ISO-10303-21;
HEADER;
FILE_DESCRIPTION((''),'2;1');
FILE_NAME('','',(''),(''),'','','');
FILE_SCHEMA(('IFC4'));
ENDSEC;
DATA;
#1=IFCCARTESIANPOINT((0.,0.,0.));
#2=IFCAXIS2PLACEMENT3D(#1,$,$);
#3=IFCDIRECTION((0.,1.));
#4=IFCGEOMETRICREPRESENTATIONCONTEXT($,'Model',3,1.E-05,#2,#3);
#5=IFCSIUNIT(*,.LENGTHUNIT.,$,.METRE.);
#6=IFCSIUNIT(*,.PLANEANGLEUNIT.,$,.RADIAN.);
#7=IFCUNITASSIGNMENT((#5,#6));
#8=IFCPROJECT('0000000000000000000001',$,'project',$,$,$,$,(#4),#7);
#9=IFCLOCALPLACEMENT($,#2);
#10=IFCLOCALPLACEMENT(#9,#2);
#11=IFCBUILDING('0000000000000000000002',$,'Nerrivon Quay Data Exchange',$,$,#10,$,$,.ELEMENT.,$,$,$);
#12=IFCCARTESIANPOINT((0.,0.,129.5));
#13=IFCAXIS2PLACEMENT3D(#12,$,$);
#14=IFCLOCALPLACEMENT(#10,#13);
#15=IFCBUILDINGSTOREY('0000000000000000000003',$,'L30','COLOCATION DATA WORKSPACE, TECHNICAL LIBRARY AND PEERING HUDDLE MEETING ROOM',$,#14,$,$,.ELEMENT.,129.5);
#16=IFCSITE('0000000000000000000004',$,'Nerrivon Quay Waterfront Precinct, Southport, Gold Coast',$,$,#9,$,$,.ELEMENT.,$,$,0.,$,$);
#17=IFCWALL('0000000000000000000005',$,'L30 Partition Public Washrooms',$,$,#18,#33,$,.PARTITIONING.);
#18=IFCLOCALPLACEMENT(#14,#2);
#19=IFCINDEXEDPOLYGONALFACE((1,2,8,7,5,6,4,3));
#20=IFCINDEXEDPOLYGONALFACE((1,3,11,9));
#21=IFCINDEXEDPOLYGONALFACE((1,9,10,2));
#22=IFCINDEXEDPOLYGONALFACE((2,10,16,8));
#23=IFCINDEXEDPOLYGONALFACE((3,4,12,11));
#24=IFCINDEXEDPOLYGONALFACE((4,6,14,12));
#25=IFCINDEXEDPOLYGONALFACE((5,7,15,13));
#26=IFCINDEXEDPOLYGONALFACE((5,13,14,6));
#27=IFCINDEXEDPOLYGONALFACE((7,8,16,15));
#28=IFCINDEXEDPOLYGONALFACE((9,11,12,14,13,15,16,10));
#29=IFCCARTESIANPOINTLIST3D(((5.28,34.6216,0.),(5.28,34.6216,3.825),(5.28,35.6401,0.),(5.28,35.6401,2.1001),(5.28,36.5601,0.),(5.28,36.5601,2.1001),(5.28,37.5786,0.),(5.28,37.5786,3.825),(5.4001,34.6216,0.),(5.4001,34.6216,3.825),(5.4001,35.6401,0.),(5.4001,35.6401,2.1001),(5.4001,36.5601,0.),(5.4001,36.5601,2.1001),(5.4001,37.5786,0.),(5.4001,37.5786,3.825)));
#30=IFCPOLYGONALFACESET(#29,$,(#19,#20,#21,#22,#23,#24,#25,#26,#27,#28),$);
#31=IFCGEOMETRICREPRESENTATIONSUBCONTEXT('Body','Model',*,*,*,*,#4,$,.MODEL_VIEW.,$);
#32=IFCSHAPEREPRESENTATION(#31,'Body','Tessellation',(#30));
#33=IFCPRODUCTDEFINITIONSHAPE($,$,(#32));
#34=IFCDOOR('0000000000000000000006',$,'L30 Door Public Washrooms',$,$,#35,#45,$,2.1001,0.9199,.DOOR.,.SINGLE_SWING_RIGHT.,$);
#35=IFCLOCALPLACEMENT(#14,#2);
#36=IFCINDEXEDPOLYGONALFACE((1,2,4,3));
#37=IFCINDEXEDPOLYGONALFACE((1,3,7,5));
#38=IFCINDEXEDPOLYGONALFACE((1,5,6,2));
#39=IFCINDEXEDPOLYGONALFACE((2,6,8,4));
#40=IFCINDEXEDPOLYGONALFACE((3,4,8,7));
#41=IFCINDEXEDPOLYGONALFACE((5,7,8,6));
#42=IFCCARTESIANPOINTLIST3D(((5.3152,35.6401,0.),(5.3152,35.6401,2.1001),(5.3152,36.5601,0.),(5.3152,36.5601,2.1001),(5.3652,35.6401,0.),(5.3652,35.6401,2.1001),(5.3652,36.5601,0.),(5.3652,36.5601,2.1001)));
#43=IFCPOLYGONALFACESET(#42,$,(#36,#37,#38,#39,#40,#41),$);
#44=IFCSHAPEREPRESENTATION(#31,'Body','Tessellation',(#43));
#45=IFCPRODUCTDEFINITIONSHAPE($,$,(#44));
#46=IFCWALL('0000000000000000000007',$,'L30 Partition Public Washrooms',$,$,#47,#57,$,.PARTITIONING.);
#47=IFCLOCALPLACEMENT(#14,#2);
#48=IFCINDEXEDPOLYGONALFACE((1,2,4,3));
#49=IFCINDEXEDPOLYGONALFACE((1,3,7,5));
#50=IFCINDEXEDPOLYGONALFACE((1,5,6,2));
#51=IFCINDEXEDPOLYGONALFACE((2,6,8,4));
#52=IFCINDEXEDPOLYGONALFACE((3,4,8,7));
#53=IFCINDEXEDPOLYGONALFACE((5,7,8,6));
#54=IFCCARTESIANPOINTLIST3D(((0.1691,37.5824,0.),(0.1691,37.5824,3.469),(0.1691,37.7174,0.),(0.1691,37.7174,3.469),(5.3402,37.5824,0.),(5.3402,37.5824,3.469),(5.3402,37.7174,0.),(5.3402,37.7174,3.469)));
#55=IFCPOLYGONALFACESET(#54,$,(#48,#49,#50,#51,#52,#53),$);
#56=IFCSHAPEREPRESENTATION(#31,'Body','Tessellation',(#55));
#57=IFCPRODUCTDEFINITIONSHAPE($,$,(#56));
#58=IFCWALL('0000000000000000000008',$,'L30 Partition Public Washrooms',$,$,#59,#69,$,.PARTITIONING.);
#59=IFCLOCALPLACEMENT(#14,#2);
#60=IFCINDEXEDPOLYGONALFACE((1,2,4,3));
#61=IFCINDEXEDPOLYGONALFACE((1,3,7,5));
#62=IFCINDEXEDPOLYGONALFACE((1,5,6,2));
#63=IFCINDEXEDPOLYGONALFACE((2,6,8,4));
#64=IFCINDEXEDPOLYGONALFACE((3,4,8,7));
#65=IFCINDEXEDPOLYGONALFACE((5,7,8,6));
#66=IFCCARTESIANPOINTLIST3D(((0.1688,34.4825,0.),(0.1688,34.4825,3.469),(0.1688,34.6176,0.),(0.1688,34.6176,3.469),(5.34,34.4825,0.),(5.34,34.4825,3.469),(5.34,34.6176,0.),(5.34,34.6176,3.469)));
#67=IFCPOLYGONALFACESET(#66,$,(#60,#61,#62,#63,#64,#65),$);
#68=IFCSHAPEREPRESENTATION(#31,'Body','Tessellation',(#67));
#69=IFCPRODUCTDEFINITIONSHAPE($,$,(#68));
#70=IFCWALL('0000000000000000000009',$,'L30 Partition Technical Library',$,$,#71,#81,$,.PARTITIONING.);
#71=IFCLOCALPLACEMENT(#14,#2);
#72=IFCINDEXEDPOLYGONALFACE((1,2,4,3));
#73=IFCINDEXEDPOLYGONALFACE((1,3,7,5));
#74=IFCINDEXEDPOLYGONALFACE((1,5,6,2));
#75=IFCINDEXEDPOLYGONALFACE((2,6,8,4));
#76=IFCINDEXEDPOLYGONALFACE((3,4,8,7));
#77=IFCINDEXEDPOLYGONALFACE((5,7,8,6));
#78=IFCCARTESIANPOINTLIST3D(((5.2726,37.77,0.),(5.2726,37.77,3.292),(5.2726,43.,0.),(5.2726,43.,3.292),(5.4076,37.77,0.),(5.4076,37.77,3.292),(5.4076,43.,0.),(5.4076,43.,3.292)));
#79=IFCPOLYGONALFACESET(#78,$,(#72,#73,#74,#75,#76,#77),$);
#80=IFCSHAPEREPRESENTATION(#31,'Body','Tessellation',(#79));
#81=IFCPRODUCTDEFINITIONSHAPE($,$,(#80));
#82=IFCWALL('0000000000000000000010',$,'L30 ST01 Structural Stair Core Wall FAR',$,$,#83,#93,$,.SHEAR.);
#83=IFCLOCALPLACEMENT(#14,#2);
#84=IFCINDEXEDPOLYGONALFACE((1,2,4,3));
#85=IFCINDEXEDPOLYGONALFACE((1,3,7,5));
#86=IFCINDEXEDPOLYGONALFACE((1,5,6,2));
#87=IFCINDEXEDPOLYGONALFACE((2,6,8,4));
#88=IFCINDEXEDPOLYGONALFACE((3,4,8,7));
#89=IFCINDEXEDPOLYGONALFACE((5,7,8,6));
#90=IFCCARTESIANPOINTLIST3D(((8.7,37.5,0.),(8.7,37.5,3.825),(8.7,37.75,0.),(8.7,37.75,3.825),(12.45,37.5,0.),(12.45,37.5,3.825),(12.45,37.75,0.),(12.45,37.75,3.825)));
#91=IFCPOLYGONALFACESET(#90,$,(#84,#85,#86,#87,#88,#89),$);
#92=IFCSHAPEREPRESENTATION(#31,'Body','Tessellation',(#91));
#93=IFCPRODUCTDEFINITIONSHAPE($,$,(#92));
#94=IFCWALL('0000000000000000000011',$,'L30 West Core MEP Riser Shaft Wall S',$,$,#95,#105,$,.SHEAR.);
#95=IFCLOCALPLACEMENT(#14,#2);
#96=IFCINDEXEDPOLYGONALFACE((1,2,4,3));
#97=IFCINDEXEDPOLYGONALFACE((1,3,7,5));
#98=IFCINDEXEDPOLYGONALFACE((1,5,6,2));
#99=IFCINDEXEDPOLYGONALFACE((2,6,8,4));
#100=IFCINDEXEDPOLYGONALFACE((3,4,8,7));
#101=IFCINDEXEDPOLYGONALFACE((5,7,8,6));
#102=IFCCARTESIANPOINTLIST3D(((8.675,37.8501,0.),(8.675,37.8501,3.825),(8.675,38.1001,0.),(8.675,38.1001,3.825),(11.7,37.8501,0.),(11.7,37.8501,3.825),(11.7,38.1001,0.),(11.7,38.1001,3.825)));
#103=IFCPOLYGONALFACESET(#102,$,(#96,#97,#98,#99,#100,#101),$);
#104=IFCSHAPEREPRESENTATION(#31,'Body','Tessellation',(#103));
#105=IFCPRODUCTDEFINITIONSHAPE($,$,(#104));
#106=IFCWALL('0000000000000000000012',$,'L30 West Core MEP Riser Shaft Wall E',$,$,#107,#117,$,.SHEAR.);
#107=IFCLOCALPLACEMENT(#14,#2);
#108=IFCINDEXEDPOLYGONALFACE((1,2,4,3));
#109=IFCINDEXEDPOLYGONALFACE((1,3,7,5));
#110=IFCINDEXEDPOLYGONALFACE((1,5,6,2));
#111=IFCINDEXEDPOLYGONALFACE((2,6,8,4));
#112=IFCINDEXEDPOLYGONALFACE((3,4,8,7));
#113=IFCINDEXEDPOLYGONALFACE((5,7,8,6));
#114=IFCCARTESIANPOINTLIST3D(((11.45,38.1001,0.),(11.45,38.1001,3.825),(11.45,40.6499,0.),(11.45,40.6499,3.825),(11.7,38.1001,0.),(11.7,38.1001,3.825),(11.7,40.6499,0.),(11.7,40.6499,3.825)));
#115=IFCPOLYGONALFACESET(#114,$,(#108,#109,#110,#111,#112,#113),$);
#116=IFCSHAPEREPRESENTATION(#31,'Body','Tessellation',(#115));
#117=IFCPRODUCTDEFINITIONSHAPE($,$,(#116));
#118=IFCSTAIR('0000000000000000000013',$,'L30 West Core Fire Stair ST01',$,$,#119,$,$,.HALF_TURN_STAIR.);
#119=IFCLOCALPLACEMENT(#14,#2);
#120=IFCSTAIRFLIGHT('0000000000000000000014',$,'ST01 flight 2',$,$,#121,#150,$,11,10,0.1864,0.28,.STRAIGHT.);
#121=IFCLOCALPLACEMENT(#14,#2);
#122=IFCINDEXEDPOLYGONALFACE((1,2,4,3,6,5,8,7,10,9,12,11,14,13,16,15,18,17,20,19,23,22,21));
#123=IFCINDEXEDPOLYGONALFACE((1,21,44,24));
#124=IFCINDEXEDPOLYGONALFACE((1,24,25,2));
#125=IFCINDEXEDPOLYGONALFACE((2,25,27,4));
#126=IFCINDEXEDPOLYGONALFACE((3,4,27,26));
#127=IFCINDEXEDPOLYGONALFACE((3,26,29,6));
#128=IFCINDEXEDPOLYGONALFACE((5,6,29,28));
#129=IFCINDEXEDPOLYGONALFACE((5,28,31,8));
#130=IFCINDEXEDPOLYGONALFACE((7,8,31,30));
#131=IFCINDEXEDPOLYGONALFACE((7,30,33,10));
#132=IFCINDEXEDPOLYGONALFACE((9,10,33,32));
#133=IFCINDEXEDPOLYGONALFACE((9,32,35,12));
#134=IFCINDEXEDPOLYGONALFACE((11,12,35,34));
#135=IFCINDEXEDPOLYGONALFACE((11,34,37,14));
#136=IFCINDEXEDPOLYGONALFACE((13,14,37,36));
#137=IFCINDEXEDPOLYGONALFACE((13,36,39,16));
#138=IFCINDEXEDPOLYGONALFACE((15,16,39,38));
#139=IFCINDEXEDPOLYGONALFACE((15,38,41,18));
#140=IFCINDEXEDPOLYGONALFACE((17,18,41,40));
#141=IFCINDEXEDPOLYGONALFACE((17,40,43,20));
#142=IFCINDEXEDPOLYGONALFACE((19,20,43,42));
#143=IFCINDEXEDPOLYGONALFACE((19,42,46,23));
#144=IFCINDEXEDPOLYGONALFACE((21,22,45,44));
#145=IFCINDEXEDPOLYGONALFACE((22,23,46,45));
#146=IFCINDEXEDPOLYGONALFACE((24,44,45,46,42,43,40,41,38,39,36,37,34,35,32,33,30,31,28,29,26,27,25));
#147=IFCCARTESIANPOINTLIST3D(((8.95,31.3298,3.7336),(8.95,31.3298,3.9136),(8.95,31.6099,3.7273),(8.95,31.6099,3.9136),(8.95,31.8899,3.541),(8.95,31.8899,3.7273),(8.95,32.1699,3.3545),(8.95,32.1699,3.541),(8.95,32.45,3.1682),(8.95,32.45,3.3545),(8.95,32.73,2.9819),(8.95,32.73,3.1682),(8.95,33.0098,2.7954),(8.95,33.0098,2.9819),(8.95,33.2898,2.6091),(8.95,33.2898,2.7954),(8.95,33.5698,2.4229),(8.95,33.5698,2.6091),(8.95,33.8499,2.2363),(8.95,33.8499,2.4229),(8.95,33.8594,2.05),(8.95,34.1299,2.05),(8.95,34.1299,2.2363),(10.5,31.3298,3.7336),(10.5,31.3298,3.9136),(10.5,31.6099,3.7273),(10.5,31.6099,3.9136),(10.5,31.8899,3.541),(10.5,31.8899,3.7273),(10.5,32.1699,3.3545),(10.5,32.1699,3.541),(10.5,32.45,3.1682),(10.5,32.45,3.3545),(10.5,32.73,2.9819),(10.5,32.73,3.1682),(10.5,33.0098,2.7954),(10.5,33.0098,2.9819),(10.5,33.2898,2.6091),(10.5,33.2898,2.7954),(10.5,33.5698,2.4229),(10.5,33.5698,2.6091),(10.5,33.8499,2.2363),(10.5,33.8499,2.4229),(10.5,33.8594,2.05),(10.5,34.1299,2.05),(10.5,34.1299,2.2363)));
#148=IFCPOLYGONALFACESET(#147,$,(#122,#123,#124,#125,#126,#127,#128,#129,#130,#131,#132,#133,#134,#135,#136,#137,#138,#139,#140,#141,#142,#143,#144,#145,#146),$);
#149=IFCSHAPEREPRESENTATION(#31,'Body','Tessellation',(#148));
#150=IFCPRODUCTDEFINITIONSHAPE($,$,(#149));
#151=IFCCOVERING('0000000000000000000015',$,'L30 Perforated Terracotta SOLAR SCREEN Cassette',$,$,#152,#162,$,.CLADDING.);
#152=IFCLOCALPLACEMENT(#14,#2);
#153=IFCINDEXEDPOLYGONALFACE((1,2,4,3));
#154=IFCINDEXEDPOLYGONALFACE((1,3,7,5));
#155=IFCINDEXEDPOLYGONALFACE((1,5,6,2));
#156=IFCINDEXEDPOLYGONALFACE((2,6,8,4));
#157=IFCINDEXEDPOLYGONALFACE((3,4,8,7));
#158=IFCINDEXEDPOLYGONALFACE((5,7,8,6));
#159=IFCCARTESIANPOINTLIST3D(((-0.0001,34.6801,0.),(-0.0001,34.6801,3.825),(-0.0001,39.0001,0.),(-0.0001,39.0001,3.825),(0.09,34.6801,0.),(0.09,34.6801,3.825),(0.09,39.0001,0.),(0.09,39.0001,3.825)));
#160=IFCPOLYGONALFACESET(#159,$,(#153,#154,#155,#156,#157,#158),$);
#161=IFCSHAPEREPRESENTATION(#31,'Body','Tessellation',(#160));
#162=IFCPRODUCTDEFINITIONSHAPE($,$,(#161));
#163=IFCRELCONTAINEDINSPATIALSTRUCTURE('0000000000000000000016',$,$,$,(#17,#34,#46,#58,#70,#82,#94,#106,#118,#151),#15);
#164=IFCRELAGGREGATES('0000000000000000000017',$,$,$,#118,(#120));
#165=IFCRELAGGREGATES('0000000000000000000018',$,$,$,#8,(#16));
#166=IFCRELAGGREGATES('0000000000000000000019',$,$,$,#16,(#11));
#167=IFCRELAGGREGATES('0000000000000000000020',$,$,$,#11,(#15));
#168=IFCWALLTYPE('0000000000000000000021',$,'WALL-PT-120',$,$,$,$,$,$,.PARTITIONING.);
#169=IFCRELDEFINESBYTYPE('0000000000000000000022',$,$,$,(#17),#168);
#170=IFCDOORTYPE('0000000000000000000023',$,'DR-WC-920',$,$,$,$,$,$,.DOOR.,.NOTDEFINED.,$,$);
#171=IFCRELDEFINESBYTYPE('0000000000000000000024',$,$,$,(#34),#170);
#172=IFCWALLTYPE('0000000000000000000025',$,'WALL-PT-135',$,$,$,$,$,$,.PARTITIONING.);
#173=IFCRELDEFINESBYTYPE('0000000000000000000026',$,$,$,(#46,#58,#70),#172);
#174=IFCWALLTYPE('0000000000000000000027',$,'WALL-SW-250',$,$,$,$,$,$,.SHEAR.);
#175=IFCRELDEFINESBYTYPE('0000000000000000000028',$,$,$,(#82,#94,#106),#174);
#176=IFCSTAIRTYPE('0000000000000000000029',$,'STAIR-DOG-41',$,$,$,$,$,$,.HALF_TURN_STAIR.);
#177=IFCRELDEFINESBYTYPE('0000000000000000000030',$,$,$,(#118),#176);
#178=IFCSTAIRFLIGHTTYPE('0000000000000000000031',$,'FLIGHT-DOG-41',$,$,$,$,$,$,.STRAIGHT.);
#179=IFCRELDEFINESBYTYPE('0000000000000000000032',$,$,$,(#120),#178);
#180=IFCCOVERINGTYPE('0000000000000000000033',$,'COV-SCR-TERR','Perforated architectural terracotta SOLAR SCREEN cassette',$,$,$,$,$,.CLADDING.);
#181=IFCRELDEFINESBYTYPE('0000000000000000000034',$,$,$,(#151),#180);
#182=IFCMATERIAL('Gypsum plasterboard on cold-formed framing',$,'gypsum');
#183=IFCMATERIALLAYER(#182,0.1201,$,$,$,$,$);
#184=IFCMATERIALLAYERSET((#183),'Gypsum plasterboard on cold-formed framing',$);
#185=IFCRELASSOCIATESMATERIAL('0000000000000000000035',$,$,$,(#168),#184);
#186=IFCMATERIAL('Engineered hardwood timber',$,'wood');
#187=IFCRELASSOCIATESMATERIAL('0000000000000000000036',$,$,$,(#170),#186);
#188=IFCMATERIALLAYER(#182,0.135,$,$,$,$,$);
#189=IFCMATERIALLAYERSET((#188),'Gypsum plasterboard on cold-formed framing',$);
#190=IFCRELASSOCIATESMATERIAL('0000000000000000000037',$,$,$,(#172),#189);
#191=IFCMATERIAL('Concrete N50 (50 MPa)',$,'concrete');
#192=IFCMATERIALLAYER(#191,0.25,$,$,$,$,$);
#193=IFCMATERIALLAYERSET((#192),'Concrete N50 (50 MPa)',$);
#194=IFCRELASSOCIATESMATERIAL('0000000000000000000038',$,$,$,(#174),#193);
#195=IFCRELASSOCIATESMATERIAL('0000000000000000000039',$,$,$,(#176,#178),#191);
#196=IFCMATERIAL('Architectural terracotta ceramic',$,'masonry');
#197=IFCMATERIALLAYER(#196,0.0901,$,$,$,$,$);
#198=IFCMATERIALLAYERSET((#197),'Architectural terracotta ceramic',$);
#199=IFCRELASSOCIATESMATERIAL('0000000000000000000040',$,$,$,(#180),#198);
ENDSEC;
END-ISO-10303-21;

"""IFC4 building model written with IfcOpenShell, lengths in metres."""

from ifc_helpers import new_model, si_unit, direction, frame, frame_2d, origin, origin_2d, place, context, subcontext, project, spatial, polyline, rectangle, outline, extrude, material, layer, layer_set, type_object, element, fill, aggregate, save


model = new_model("IFC4")

# Units and contexts
model_context = context("Model", 3, precision=1e-05, world=origin(), true_north=direction((0.0, 1.0)))
body_context = subcontext(model_context, "Body", "Model", "MODEL_VIEW")
ifc_project = project(units=[si_unit("LENGTHUNIT", "METRE"), si_unit("PLANEANGLEUNIT", "RADIAN")], contexts=[model_context])

# Site, building, storey
site_placement = place(None, origin())
site = spatial("IfcSite", under=ifc_project, at=site_placement, Name="Nerrivon Quay Waterfront Precinct, Southport, Gold Coast", CompositionType="ELEMENT", RefElevation=0.0)
building_placement = place(site_placement, origin())
building = spatial("IfcBuilding", under=site, at=building_placement, Name="Nerrivon Quay Data Exchange", CompositionType="ELEMENT")
storey_placement = place(building_placement, frame((0.0, 0.0, 129.5)))
storey = spatial("IfcBuildingStorey", under=building, at=storey_placement, Name="L30", Description="COLOCATION DATA WORKSPACE, TECHNICAL LIBRARY AND PEERING HUDDLE MEETING ROOM", CompositionType="ELEMENT", Elevation=129.5)

# Shared definitions
ifc_material_1 = material(Name="Gypsum plasterboard on cold-formed framing", Category="gypsum")

# Wall, opening, door
ifc_layer_1 = layer(ifc_material_1, 0.1201)
ifc_layer_set_1 = layer_set([ifc_layer_1], Name="Gypsum plasterboard on cold-formed framing")
wall_type_1 = type_object("IfcWallType", Name="WALL-PT-120", PredefinedType="PARTITIONING", material=ifc_layer_set_1)
wall_1_placement = place(storey_placement, frame((5.3401, 34.6216, 0.0), z_axis=(0.0, 0.0, 1.0), x_axis=(0.0, 1.0, 0.0)))
wall_1 = element("IfcWall", 1, at=wall_1_placement, inside=storey, type_object=wall_type_1, Name="L30 Partition Public Washrooms", PredefinedType="PARTITIONING", context=body_context, shape_type="SweptSolid", body=[
    extrude(rectangle(XDim=2.957, YDim=0.1201, at=frame_2d((1.4785, 0.0))), origin(), (0.0, 0.0, 1.0), 3.825),
])
opening_1_placement = place(wall_1_placement, frame((1.0186, 0.0, 0.0)))
opening_1 = element("IfcOpeningElement", 2, at=opening_1_placement, cuts=wall_1, PredefinedType="OPENING", context=body_context, shape_type="SweptSolid", body=[
    extrude(rectangle(XDim=0.9199, YDim=2.1001, at=frame_2d((0.46, 1.05))), frame((0.0, 0.0701, 0.0), z_axis=(0.0, -1.0, 0.0), x_axis=(1.0, 0.0, 0.0)), (0.0, 0.0, 1.0), 0.1401),
])
ifc_material_2 = material(Name="Engineered hardwood timber", Category="wood")
door_type_1 = type_object("IfcDoorType", Name="DR-WC-920", OperationType="NOTDEFINED", PredefinedType="DOOR", material=ifc_material_2)
door_1_placement = place(opening_1_placement, origin())
door_1 = element("IfcDoor", 3, at=door_1_placement, inside=storey, type_object=door_type_1, Name="L30 Door Public Washrooms", OperationType="SINGLE_SWING_RIGHT", OverallHeight=2.1001, OverallWidth=0.9199, PredefinedType="DOOR", context=body_context, shape_type="SweptSolid", body=[
    extrude(rectangle(XDim=0.9199, YDim=2.1001, at=frame_2d((0.46, 1.05))), frame((0.0, 0.0249, 0.0), z_axis=(0.0, -1.0, 0.0), x_axis=(1.0, 0.0, 0.0)), (0.0, 0.0, 1.0), 0.05),
])
fill(opening_1, door_1)

# Walls
ifc_layer_2 = layer(ifc_material_1, 0.135)
ifc_layer_set_2 = layer_set([ifc_layer_2], Name="Gypsum plasterboard on cold-formed framing")
wall_type_2 = type_object("IfcWallType", Name="WALL-PT-135", PredefinedType="PARTITIONING", material=ifc_layer_set_2)
for number, where, z_axis, x_axis, name in (
    (4, (5.3401, 37.6499, 0.0), (0.0, 0.0, 1.0), (-1.0, 0.0, 0.0), "L30 Partition Public Washrooms"),
    (5, (0.1689, 34.55, 0.0), (0.0, 0.0, 1.0), (1.0, 0.0, 0.0), "L30 Partition Public Washrooms"),
):
    element("IfcWall", number, at=place(storey_placement, frame(where, z_axis=z_axis, x_axis=x_axis)), inside=storey, type_object=wall_type_2, Name=name, PredefinedType="PARTITIONING", context=body_context, shape_type="SweptSolid", body=[
        extrude(rectangle(XDim=5.1711, YDim=0.135, at=frame_2d((2.5854, 0.0))), origin(), (0.0, 0.0, 1.0), 3.469),
    ])
wall_2_placement = place(storey_placement, frame((5.3401, 37.77, 0.0), z_axis=(0.0, 0.0, 1.0), x_axis=(0.0, 1.0, 0.0)))
element("IfcWall", 6, at=wall_2_placement, inside=storey, type_object=wall_type_2, Name="L30 Partition Technical Library", PredefinedType="PARTITIONING", context=body_context, shape_type="SweptSolid", body=[
    extrude(rectangle(XDim=5.23, YDim=0.135, at=frame_2d((2.615, 0.0))), origin(), (0.0, 0.0, 1.0), 3.292),
])
ifc_material_3 = material(Name="Concrete N50 (50 MPa)", Category="concrete")
ifc_layer_3 = layer(ifc_material_3, 0.25)
ifc_layer_set_3 = layer_set([ifc_layer_3], Name="Concrete N50 (50 MPa)")
wall_type_3 = type_object("IfcWallType", Name="WALL-SW-250", PredefinedType="SHEAR", material=ifc_layer_set_3)
wall_3_placement = place(storey_placement, frame((12.45, 37.625, 0.0), z_axis=(0.0, 0.0, 1.0), x_axis=(-1.0, 0.0, 0.0)))
element("IfcWall", 7, at=wall_3_placement, inside=storey, type_object=wall_type_3, Name="L30 ST01 Structural Stair Core Wall FAR", PredefinedType="SHEAR", context=body_context, shape_type="SweptSolid", body=[
    extrude(rectangle(XDim=3.75, YDim=0.25, at=frame_2d((1.875, 0.0))), origin(), (0.0, 0.0, 1.0), 3.825),
])
wall_4_placement = place(storey_placement, frame((8.675, 37.9751, 0.0), z_axis=(0.0, 0.0, 1.0), x_axis=(1.0, 0.0, 0.0)))
element("IfcWall", 8, at=wall_4_placement, inside=storey, type_object=wall_type_3, Name="L30 West Core MEP Riser Shaft Wall S", PredefinedType="SHEAR", context=body_context, shape_type="SweptSolid", body=[
    extrude(rectangle(XDim=3.0249, YDim=0.25, at=frame_2d((1.5125, 0.0))), origin(), (0.0, 0.0, 1.0), 3.825),
])
wall_5_placement = place(storey_placement, frame((11.575, 38.1001, 0.0), z_axis=(0.0, 0.0, 1.0), x_axis=(0.0, 1.0, 0.0)))
element("IfcWall", 9, at=wall_5_placement, inside=storey, type_object=wall_type_3, Name="L30 West Core MEP Riser Shaft Wall E", PredefinedType="SHEAR", context=body_context, shape_type="SweptSolid", body=[
    extrude(rectangle(XDim=2.5498, YDim=0.25, at=frame_2d((1.2749, 0.0))), origin(), (0.0, 0.0, 1.0), 3.825),
])

# Stair, stair flight
stair_type = type_object("IfcStairType", Name="STAIR-DOG-41", PredefinedType="HALF_TURN_STAIR", material=ifc_material_3)
stair_placement = place(storey_placement, origin())
stair = element("IfcStair", 10, at=stair_placement, inside=storey, type_object=stair_type, Name="L30 West Core Fire Stair ST01", PredefinedType="HALF_TURN_STAIR")
stair_flight_type = type_object("IfcStairFlightType", Name="FLIGHT-DOG-41", PredefinedType="STRAIGHT", material=ifc_material_3)
stair_flight_placement = place(storey_placement, frame((9.7251, 34.1299, 2.05), z_axis=(0.0, 0.0, 1.0), x_axis=(0.0, -1.0, 0.0)))
stair_flight = element("IfcStairFlight", 11, at=stair_flight_placement, type_object=stair_flight_type, Name="ST01 flight 2", NumberOfRisers=11, NumberOfTreads=10, PredefinedType="STRAIGHT", RiserHeight=0.1864, TreadLength=0.28, context=body_context, shape_type="SweptSolid", body=[
    extrude(outline(polyline([(0.0, 0.0), (0.0, 0.1863), (0.28, 0.1863), (0.28, 0.3728), (0.5601, 0.3728), (0.5601, 0.5591), (0.8401, 0.5591), (0.8401, 0.7454), (1.1201, 0.7454), (1.1201, 0.9319), (1.3999, 0.9319), (1.3999, 1.1182), (1.6799, 1.1182), (1.6799, 1.3044), (1.96, 1.3044), (1.96, 1.491), (2.24, 1.491), (2.24, 1.6772), (2.52, 1.6772), (2.52, 1.8635), (2.8, 1.8635), (2.8, 2.05), (2.8, 1.6836), (0.2705, 0.0), (0.0, 0.0)])), frame((0.0, 0.7749, 0.0), z_axis=(0.0, -1.0, 0.0), x_axis=(1.0, 0.0, 0.0)), (0.0, 0.0, 1.0), 1.55),
])
aggregate(stair, [stair_flight])

# Covering
ifc_material_4 = material(Name="Architectural terracotta ceramic", Category="masonry")
ifc_layer_4 = layer(ifc_material_4, 0.0901)
ifc_layer_set_4 = layer_set([ifc_layer_4], Name="Architectural terracotta ceramic")
covering_type = type_object("IfcCoveringType", Name="COV-SCR-TERR", Description="Perforated architectural terracotta SOLAR SCREEN cassette", PredefinedType="CLADDING", material=ifc_layer_set_4)
covering_placement = place(storey_placement, frame((0.0449, 36.8401, 0.0), z_axis=(0.0, 0.0, 1.0), x_axis=(0.0, 1.0, 0.0)))
element("IfcCovering", 12, at=covering_placement, inside=storey, type_object=covering_type, Name="L30 Perforated Terracotta SOLAR SCREEN Cassette", PredefinedType="CLADDING", context=body_context, shape_type="SweptSolid", body=[
    extrude(rectangle(XDim=4.3201, YDim=0.0901, at=origin_2d()), origin(), (0.0, 0.0, 1.0), 3.825),
])

save(model, "model.ifc")
